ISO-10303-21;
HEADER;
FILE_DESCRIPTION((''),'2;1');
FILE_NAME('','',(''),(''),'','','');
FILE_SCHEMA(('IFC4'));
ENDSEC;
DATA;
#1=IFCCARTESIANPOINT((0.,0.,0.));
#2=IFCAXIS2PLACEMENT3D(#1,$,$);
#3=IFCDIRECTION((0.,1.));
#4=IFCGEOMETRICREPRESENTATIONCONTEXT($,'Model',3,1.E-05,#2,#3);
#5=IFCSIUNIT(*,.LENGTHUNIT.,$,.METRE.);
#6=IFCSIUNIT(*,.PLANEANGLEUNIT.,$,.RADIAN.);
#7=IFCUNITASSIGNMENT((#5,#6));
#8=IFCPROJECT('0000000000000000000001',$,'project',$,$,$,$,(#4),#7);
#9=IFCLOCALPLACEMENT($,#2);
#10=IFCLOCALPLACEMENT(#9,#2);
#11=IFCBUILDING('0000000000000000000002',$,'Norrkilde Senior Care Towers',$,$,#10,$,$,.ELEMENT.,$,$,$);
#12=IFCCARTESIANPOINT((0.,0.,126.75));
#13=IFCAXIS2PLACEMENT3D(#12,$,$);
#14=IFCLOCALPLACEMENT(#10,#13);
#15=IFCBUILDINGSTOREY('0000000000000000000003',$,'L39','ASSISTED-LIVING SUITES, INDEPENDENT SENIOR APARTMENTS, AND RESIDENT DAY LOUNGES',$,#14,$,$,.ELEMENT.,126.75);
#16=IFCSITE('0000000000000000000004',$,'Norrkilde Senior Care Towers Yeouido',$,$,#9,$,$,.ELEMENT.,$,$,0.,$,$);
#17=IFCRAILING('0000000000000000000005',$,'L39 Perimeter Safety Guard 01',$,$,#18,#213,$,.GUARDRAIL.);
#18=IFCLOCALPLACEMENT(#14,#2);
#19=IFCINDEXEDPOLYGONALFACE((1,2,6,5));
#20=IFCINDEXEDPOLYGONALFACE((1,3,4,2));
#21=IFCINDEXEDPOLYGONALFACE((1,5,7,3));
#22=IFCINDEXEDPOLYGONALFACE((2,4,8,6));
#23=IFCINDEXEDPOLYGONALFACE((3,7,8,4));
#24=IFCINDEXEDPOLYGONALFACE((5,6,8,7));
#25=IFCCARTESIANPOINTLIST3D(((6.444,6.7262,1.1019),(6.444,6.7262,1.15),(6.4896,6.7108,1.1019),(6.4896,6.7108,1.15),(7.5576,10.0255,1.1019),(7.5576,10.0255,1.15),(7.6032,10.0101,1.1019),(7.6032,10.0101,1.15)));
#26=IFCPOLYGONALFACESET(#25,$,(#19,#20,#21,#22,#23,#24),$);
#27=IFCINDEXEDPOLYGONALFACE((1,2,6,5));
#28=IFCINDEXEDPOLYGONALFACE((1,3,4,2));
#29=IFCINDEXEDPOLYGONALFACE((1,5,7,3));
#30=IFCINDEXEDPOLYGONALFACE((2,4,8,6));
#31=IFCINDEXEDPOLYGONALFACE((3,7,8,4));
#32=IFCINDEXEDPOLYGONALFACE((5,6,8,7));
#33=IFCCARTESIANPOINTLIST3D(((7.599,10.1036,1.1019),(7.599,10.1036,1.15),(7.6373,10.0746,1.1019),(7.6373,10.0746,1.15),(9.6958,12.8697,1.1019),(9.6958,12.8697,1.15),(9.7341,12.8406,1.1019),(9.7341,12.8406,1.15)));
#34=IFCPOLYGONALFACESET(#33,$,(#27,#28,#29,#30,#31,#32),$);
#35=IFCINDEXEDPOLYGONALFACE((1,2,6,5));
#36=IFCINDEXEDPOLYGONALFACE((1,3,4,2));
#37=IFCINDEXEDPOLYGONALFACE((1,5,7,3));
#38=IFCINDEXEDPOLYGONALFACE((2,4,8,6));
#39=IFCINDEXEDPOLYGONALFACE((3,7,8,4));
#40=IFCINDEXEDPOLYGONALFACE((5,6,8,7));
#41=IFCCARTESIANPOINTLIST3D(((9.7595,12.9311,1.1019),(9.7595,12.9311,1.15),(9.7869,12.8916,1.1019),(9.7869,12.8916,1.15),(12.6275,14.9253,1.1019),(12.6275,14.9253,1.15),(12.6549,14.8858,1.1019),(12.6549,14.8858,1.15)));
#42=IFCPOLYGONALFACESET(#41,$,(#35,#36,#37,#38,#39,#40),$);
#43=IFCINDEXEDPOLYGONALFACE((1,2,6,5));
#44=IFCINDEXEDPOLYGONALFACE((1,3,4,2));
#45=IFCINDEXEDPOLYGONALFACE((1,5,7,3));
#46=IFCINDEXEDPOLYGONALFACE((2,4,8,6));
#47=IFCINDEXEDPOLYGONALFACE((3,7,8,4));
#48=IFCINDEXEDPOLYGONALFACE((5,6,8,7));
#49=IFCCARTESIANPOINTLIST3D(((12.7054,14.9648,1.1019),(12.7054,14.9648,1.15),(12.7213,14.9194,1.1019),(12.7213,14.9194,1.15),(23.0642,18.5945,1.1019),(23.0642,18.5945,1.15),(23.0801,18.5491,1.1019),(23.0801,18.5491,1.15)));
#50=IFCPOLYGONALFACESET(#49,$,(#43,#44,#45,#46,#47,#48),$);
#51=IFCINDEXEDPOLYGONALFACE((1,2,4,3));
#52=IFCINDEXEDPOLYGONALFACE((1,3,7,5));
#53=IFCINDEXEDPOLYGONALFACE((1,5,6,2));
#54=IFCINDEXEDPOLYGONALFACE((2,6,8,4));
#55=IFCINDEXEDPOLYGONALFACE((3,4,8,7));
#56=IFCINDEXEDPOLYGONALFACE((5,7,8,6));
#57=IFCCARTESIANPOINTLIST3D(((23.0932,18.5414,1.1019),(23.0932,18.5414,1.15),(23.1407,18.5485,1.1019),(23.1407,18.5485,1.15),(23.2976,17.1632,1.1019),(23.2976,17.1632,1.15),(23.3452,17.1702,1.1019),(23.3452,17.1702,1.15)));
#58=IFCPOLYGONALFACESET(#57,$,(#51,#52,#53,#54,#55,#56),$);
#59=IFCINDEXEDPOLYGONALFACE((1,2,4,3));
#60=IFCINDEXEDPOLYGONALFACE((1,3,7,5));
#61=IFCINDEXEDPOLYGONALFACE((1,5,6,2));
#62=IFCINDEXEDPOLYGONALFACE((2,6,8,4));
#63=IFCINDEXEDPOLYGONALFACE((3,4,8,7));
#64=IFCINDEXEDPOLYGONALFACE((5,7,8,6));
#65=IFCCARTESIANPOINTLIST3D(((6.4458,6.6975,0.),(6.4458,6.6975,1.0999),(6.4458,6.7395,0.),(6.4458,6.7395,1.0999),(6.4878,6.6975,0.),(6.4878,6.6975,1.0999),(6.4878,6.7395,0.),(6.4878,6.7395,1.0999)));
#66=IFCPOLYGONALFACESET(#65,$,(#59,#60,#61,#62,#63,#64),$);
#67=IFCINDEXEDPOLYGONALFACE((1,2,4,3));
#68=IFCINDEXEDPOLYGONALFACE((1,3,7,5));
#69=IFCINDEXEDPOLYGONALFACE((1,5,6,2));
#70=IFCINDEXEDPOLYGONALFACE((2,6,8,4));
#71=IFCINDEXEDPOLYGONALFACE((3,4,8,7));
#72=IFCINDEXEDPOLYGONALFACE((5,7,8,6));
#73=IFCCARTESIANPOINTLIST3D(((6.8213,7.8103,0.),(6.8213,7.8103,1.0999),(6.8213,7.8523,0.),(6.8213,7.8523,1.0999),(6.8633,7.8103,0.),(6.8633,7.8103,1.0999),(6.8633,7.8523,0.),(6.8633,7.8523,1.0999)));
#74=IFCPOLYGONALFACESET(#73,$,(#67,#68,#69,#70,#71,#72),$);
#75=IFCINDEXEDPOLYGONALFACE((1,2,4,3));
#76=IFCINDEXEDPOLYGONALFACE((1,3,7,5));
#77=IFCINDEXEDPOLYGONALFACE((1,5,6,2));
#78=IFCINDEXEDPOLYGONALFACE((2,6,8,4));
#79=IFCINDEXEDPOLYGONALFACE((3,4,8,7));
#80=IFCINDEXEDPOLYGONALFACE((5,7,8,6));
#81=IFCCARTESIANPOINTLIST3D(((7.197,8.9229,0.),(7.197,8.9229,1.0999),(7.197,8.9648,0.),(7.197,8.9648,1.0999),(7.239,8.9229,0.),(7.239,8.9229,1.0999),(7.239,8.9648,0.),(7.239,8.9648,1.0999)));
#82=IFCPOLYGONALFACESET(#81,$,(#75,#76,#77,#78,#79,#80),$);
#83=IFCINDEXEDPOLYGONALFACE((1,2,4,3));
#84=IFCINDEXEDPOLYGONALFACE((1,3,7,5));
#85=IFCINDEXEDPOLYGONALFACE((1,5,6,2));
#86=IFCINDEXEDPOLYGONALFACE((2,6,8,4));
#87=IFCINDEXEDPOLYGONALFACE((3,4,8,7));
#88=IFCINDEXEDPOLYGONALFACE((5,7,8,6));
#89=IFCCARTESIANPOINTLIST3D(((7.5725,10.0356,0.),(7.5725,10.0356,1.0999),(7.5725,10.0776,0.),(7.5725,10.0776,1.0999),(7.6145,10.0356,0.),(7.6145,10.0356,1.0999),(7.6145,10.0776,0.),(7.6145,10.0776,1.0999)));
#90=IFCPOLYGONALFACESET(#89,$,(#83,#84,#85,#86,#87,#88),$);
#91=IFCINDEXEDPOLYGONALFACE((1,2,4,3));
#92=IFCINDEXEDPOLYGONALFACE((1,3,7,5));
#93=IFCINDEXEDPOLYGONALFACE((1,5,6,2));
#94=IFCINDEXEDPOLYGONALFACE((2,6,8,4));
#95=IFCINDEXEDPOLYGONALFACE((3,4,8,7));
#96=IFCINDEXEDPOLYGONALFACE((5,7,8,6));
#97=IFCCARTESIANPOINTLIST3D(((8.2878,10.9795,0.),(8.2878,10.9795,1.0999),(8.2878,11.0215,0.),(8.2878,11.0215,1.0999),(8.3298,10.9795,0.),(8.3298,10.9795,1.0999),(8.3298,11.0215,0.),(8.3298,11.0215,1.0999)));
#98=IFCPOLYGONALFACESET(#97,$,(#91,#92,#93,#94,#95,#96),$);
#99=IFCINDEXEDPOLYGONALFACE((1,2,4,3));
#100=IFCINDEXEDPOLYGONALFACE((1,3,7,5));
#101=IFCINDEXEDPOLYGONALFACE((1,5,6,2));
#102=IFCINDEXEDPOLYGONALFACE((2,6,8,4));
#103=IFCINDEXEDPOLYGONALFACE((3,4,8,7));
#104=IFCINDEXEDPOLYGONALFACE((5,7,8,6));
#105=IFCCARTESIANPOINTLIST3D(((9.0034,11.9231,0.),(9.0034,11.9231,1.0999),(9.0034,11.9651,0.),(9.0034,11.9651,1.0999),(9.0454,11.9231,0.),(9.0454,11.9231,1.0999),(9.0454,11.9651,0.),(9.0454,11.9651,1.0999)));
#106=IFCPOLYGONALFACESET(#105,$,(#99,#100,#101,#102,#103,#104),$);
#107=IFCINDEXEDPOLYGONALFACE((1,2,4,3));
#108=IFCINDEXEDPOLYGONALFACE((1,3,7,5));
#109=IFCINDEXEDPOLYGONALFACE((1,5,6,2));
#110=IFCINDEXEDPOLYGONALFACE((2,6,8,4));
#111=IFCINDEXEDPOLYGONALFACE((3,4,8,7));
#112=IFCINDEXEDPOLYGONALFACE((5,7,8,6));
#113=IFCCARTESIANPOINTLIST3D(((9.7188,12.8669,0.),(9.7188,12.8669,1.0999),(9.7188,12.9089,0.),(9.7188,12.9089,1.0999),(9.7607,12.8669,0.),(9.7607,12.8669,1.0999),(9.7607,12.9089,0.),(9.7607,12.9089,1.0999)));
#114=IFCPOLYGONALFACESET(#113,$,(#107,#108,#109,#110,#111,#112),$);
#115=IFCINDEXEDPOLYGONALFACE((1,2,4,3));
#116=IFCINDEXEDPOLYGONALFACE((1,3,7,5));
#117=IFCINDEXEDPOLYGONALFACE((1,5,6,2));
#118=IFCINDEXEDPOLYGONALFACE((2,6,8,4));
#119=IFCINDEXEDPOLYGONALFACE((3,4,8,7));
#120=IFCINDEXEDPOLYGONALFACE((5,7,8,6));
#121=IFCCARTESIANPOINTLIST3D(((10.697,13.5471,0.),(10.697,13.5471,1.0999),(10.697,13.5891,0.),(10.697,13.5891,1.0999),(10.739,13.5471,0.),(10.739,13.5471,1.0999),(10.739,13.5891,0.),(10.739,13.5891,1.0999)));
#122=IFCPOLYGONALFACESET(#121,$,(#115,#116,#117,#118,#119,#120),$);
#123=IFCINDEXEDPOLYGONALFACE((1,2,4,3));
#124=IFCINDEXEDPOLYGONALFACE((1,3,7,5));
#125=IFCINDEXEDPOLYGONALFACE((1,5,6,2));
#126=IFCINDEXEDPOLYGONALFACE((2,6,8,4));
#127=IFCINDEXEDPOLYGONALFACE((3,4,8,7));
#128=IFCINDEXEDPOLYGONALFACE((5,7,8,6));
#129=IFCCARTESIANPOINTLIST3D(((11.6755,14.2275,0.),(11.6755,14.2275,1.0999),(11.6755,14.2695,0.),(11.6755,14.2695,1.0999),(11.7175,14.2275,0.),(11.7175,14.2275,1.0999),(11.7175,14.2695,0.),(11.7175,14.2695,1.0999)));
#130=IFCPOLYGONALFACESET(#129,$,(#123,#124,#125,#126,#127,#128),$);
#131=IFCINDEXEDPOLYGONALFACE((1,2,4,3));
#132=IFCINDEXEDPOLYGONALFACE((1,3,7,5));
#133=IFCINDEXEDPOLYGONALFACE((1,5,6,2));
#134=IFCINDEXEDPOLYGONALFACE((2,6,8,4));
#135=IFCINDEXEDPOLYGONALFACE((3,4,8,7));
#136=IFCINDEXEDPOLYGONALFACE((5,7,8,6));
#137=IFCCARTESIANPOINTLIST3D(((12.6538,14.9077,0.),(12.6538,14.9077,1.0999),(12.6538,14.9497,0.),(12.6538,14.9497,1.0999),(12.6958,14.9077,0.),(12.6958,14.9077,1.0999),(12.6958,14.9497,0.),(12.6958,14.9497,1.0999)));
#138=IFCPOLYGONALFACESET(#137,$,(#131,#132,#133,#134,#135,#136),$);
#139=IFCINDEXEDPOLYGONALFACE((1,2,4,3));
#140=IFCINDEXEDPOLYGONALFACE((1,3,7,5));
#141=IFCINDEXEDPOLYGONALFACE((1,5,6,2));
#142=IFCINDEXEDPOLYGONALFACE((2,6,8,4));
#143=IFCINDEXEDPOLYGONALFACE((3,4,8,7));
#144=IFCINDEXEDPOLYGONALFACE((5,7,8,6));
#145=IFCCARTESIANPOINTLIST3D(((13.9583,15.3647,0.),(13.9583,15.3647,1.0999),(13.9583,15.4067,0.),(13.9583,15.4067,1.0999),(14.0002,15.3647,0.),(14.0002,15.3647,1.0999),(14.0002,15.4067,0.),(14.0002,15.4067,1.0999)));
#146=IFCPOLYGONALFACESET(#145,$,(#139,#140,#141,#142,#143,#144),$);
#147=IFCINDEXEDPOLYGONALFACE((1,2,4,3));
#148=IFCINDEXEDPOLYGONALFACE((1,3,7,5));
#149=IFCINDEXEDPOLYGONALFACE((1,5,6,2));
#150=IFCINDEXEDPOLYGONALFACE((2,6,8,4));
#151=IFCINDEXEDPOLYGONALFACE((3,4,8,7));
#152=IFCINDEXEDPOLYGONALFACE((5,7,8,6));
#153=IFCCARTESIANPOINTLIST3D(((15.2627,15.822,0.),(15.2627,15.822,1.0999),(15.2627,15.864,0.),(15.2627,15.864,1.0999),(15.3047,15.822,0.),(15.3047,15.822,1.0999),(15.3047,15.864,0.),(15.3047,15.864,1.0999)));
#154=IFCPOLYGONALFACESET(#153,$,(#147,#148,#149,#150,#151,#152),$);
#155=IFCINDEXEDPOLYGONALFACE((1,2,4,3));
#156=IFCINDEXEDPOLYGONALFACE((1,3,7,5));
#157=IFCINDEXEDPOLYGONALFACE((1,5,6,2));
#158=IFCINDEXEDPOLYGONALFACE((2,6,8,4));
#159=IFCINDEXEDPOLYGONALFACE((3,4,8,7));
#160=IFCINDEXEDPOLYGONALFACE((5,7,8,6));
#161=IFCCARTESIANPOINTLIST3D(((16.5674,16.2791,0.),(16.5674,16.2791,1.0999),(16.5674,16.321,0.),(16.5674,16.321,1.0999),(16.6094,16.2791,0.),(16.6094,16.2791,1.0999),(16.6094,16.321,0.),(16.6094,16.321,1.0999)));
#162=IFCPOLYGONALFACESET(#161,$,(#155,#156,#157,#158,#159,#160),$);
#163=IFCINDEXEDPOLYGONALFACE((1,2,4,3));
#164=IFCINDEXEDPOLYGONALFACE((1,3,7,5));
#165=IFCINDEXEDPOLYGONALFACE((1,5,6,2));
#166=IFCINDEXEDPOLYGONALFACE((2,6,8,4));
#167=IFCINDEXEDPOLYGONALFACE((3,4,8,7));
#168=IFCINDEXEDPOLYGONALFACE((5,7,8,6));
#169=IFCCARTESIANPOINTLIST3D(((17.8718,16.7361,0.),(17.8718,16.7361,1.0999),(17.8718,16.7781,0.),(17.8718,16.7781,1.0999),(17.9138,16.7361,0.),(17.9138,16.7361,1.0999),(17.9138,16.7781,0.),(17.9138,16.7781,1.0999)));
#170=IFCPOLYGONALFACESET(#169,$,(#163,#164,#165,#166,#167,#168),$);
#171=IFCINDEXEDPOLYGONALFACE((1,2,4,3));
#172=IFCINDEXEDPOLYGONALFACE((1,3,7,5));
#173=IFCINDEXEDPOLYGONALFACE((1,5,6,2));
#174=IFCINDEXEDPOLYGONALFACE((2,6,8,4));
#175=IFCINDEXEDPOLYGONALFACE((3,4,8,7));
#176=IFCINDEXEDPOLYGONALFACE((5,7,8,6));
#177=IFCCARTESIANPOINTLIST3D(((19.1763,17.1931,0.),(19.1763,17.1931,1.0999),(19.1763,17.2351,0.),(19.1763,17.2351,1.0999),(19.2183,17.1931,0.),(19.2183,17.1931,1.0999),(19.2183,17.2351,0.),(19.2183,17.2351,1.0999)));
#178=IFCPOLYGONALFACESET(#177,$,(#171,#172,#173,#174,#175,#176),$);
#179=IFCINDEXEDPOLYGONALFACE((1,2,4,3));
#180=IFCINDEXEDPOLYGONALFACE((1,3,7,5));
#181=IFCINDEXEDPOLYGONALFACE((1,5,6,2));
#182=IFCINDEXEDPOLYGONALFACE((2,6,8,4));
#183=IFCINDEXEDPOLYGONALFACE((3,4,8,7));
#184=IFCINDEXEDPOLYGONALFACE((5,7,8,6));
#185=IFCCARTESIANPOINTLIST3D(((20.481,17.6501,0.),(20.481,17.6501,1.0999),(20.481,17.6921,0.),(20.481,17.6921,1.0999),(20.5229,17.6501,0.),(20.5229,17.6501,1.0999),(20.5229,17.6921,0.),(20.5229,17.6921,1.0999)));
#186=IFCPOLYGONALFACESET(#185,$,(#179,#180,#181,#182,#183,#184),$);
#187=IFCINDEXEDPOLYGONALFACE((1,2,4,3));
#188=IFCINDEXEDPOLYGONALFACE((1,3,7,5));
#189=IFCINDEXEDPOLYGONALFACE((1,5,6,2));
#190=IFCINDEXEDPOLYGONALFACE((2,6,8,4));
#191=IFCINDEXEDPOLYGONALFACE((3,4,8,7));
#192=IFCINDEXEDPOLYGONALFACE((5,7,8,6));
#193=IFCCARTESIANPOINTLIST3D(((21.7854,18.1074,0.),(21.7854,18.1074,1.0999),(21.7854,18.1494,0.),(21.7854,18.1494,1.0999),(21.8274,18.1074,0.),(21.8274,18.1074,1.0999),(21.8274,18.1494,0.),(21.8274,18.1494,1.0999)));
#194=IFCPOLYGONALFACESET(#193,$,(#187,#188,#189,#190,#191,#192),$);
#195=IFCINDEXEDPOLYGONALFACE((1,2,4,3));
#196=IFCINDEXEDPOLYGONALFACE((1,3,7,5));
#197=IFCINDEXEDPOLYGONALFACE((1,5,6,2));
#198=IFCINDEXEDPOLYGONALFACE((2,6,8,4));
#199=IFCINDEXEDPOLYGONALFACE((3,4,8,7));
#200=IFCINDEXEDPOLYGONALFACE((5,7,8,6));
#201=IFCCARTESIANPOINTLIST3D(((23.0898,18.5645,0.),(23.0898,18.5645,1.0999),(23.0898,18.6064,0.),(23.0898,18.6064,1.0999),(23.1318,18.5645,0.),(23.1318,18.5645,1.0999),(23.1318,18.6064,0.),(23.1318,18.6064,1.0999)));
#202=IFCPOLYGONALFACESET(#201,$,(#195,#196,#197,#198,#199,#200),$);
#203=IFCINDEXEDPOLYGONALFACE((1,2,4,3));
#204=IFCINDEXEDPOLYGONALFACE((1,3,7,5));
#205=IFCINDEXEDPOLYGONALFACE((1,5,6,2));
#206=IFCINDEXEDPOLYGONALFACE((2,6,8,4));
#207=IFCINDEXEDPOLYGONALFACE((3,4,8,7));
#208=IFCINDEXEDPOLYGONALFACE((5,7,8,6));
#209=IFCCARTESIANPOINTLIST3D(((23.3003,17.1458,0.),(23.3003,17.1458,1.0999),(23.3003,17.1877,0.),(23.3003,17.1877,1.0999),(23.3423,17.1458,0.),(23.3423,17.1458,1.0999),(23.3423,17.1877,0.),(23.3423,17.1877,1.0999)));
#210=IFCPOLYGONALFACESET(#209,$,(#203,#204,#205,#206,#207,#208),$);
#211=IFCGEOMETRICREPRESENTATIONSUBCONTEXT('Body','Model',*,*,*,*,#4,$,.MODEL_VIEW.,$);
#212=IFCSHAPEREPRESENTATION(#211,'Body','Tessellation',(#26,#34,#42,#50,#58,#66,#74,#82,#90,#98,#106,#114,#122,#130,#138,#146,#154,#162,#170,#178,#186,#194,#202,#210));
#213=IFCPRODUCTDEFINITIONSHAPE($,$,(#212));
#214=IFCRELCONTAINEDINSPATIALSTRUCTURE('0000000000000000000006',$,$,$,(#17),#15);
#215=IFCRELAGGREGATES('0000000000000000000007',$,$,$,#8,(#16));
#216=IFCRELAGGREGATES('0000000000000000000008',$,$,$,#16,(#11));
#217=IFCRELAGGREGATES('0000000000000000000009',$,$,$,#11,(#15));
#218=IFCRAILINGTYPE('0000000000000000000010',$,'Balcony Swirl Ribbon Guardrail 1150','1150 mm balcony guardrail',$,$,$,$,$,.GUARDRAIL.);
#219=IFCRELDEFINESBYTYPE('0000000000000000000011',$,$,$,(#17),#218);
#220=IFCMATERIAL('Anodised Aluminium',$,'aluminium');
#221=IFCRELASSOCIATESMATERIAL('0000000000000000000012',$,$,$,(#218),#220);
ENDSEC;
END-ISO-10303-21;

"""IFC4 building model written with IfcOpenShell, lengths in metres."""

from ifc_helpers import new_model, si_unit, direction, frame, origin, origin_2d, place, context, subcontext, project, spatial, rectangle, extrude, material, type_object, element, save


model = new_model("IFC4")

# Units and contexts
model_context = context("Model", 3, precision=1e-05, world=origin(), true_north=direction((0.0, 1.0)))
body_context = subcontext(model_context, "Body", "Model", "MODEL_VIEW")
ifc_project = project(units=[si_unit("LENGTHUNIT", "METRE"), si_unit("PLANEANGLEUNIT", "RADIAN")], contexts=[model_context])

# Site, building, storey
site_placement = place(None, origin())
site = spatial("IfcSite", under=ifc_project, at=site_placement, Name="Norrkilde Senior Care Towers Yeouido", CompositionType="ELEMENT", RefElevation=0.0)
building_placement = place(site_placement, origin())
building = spatial("IfcBuilding", under=site, at=building_placement, Name="Norrkilde Senior Care Towers", CompositionType="ELEMENT")
storey_placement = place(building_placement, frame((0.0, 0.0, 126.75)))
storey = spatial("IfcBuildingStorey", under=building, at=storey_placement, Name="L39", Description="ASSISTED-LIVING SUITES, INDEPENDENT SENIOR APARTMENTS, AND RESIDENT DAY LOUNGES", CompositionType="ELEMENT", Elevation=126.75)

# Shared definitions
ifc_material_1 = material(Name="Anodised Aluminium", Category="aluminium")

# Railing
railing_type = type_object("IfcRailingType", Name="Balcony Swirl Ribbon Guardrail 1150", Description="1150 mm balcony guardrail", PredefinedType="GUARDRAIL", material=ifc_material_1)
railing_1_placement = place(storey_placement, frame((6.4668, 6.7185, 0.0)))
element("IfcRailing", 1, at=railing_1_placement, inside=storey, type_object=railing_type, Name="L39 Perimeter Safety Guard 01", PredefinedType="GUARDRAIL", context=body_context, shape_type="SweptSolid", body=[
    extrude(rectangle(XDim=0.0481, YDim=0.0481, at=origin_2d()), frame((0.0, 0.0, 1.126), z_axis=(0.319801, 0.947485, 0.0), x_axis=(-0.947485, 0.319801, 0.0)), (0.0, 0.0, 1.0), 3.4822),
    extrude(rectangle(XDim=0.0481, YDim=0.0481, at=origin_2d()), frame((1.1514, 3.3706, 1.126), z_axis=(0.604093, 0.796914, 0.0), x_axis=(-0.796914, 0.604093, 0.0)), (0.0, 0.0, 1.0), 3.4709),
    extrude(rectangle(XDim=0.0481, YDim=0.0481, at=origin_2d()), frame((3.3064, 6.1929, 1.126), z_axis=(0.821037, 0.570874, 0.0), x_axis=(-0.570874, 0.821037, 0.0)), (0.0, 0.0, 1.0), 3.4932),
    extrude(rectangle(XDim=0.0481, YDim=0.0481, at=origin_2d()), frame((6.2466, 8.2236, 1.126), z_axis=(0.943742, 0.330683, 0.0), x_axis=(-0.330683, 0.943742, 0.0)), (0.0, 0.0, 1.0), 10.9763),
    extrude(rectangle(XDim=0.0481, YDim=0.0481, at=origin_2d()), frame((16.6501, 11.8264, 1.126), z_axis=(0.146734, -0.989176, 0.0), x_axis=(0.989176, 0.146734, 0.0)), (0.0, 0.0, 1.0), 1.3933),
    extrude(rectangle(XDim=0.042, YDim=0.042, at=origin_2d()), origin(), (0.0, 0.0, 1.0), 1.0999),
    extrude(rectangle(XDim=0.042, YDim=0.042, at=origin_2d()), frame((0.3755, 1.1128, 0.0)), (0.0, 0.0, 1.0), 1.0999),
    extrude(rectangle(XDim=0.042, YDim=0.042, at=origin_2d()), frame((0.7512, 2.2253, 0.0)), (0.0, 0.0, 1.0), 1.0999),
    extrude(rectangle(XDim=0.042, YDim=0.042, at=origin_2d()), frame((1.1267, 3.3381, 0.0)), (0.0, 0.0, 1.0), 1.0999),
    extrude(rectangle(XDim=0.042, YDim=0.042, at=origin_2d()), frame((1.842, 4.282, 0.0)), (0.0, 0.0, 1.0), 1.0999),
    extrude(rectangle(XDim=0.042, YDim=0.042, at=origin_2d()), frame((2.5576, 5.2256, 0.0)), (0.0, 0.0, 1.0), 1.0999),
    extrude(rectangle(XDim=0.042, YDim=0.042, at=origin_2d()), frame((3.2729, 6.1694, 0.0)), (0.0, 0.0, 1.0), 1.0999),
    extrude(rectangle(XDim=0.042, YDim=0.042, at=origin_2d()), frame((4.2512, 6.8496, 0.0)), (0.0, 0.0, 1.0), 1.0999),
    extrude(rectangle(XDim=0.042, YDim=0.042, at=origin_2d()), frame((5.2297, 7.53, 0.0)), (0.0, 0.0, 1.0), 1.0999),
    extrude(rectangle(XDim=0.042, YDim=0.042, at=origin_2d()), frame((6.208, 8.2102, 0.0)), (0.0, 0.0, 1.0), 1.0999),
    extrude(rectangle(XDim=0.042, YDim=0.042, at=origin_2d()), frame((7.5125, 8.6672, 0.0)), (0.0, 0.0, 1.0), 1.0999),
    extrude(rectangle(XDim=0.042, YDim=0.042, at=origin_2d()), frame((8.8169, 9.1245, 0.0)), (0.0, 0.0, 1.0), 1.0999),
    extrude(rectangle(XDim=0.042, YDim=0.042, at=origin_2d()), frame((10.1216, 9.5815, 0.0)), (0.0, 0.0, 1.0), 1.0999),
    extrude(rectangle(XDim=0.042, YDim=0.042, at=origin_2d()), frame((11.426, 10.0386, 0.0)), (0.0, 0.0, 1.0), 1.0999),
    extrude(rectangle(XDim=0.042, YDim=0.042, at=origin_2d()), frame((12.7305, 10.4956, 0.0)), (0.0, 0.0, 1.0), 1.0999),
    extrude(rectangle(XDim=0.042, YDim=0.042, at=origin_2d()), frame((14.0352, 10.9526, 0.0)), (0.0, 0.0, 1.0), 1.0999),
    extrude(rectangle(XDim=0.042, YDim=0.042, at=origin_2d()), frame((15.3396, 11.4099, 0.0)), (0.0, 0.0, 1.0), 1.0999),
    extrude(rectangle(XDim=0.042, YDim=0.042, at=origin_2d()), frame((16.644, 11.8669, 0.0)), (0.0, 0.0, 1.0), 1.0999),
    extrude(rectangle(XDim=0.042, YDim=0.042, at=origin_2d()), frame((16.8545, 10.4482, 0.0)), (0.0, 0.0, 1.0), 1.0999),
])

save(model, "model.ifc")
